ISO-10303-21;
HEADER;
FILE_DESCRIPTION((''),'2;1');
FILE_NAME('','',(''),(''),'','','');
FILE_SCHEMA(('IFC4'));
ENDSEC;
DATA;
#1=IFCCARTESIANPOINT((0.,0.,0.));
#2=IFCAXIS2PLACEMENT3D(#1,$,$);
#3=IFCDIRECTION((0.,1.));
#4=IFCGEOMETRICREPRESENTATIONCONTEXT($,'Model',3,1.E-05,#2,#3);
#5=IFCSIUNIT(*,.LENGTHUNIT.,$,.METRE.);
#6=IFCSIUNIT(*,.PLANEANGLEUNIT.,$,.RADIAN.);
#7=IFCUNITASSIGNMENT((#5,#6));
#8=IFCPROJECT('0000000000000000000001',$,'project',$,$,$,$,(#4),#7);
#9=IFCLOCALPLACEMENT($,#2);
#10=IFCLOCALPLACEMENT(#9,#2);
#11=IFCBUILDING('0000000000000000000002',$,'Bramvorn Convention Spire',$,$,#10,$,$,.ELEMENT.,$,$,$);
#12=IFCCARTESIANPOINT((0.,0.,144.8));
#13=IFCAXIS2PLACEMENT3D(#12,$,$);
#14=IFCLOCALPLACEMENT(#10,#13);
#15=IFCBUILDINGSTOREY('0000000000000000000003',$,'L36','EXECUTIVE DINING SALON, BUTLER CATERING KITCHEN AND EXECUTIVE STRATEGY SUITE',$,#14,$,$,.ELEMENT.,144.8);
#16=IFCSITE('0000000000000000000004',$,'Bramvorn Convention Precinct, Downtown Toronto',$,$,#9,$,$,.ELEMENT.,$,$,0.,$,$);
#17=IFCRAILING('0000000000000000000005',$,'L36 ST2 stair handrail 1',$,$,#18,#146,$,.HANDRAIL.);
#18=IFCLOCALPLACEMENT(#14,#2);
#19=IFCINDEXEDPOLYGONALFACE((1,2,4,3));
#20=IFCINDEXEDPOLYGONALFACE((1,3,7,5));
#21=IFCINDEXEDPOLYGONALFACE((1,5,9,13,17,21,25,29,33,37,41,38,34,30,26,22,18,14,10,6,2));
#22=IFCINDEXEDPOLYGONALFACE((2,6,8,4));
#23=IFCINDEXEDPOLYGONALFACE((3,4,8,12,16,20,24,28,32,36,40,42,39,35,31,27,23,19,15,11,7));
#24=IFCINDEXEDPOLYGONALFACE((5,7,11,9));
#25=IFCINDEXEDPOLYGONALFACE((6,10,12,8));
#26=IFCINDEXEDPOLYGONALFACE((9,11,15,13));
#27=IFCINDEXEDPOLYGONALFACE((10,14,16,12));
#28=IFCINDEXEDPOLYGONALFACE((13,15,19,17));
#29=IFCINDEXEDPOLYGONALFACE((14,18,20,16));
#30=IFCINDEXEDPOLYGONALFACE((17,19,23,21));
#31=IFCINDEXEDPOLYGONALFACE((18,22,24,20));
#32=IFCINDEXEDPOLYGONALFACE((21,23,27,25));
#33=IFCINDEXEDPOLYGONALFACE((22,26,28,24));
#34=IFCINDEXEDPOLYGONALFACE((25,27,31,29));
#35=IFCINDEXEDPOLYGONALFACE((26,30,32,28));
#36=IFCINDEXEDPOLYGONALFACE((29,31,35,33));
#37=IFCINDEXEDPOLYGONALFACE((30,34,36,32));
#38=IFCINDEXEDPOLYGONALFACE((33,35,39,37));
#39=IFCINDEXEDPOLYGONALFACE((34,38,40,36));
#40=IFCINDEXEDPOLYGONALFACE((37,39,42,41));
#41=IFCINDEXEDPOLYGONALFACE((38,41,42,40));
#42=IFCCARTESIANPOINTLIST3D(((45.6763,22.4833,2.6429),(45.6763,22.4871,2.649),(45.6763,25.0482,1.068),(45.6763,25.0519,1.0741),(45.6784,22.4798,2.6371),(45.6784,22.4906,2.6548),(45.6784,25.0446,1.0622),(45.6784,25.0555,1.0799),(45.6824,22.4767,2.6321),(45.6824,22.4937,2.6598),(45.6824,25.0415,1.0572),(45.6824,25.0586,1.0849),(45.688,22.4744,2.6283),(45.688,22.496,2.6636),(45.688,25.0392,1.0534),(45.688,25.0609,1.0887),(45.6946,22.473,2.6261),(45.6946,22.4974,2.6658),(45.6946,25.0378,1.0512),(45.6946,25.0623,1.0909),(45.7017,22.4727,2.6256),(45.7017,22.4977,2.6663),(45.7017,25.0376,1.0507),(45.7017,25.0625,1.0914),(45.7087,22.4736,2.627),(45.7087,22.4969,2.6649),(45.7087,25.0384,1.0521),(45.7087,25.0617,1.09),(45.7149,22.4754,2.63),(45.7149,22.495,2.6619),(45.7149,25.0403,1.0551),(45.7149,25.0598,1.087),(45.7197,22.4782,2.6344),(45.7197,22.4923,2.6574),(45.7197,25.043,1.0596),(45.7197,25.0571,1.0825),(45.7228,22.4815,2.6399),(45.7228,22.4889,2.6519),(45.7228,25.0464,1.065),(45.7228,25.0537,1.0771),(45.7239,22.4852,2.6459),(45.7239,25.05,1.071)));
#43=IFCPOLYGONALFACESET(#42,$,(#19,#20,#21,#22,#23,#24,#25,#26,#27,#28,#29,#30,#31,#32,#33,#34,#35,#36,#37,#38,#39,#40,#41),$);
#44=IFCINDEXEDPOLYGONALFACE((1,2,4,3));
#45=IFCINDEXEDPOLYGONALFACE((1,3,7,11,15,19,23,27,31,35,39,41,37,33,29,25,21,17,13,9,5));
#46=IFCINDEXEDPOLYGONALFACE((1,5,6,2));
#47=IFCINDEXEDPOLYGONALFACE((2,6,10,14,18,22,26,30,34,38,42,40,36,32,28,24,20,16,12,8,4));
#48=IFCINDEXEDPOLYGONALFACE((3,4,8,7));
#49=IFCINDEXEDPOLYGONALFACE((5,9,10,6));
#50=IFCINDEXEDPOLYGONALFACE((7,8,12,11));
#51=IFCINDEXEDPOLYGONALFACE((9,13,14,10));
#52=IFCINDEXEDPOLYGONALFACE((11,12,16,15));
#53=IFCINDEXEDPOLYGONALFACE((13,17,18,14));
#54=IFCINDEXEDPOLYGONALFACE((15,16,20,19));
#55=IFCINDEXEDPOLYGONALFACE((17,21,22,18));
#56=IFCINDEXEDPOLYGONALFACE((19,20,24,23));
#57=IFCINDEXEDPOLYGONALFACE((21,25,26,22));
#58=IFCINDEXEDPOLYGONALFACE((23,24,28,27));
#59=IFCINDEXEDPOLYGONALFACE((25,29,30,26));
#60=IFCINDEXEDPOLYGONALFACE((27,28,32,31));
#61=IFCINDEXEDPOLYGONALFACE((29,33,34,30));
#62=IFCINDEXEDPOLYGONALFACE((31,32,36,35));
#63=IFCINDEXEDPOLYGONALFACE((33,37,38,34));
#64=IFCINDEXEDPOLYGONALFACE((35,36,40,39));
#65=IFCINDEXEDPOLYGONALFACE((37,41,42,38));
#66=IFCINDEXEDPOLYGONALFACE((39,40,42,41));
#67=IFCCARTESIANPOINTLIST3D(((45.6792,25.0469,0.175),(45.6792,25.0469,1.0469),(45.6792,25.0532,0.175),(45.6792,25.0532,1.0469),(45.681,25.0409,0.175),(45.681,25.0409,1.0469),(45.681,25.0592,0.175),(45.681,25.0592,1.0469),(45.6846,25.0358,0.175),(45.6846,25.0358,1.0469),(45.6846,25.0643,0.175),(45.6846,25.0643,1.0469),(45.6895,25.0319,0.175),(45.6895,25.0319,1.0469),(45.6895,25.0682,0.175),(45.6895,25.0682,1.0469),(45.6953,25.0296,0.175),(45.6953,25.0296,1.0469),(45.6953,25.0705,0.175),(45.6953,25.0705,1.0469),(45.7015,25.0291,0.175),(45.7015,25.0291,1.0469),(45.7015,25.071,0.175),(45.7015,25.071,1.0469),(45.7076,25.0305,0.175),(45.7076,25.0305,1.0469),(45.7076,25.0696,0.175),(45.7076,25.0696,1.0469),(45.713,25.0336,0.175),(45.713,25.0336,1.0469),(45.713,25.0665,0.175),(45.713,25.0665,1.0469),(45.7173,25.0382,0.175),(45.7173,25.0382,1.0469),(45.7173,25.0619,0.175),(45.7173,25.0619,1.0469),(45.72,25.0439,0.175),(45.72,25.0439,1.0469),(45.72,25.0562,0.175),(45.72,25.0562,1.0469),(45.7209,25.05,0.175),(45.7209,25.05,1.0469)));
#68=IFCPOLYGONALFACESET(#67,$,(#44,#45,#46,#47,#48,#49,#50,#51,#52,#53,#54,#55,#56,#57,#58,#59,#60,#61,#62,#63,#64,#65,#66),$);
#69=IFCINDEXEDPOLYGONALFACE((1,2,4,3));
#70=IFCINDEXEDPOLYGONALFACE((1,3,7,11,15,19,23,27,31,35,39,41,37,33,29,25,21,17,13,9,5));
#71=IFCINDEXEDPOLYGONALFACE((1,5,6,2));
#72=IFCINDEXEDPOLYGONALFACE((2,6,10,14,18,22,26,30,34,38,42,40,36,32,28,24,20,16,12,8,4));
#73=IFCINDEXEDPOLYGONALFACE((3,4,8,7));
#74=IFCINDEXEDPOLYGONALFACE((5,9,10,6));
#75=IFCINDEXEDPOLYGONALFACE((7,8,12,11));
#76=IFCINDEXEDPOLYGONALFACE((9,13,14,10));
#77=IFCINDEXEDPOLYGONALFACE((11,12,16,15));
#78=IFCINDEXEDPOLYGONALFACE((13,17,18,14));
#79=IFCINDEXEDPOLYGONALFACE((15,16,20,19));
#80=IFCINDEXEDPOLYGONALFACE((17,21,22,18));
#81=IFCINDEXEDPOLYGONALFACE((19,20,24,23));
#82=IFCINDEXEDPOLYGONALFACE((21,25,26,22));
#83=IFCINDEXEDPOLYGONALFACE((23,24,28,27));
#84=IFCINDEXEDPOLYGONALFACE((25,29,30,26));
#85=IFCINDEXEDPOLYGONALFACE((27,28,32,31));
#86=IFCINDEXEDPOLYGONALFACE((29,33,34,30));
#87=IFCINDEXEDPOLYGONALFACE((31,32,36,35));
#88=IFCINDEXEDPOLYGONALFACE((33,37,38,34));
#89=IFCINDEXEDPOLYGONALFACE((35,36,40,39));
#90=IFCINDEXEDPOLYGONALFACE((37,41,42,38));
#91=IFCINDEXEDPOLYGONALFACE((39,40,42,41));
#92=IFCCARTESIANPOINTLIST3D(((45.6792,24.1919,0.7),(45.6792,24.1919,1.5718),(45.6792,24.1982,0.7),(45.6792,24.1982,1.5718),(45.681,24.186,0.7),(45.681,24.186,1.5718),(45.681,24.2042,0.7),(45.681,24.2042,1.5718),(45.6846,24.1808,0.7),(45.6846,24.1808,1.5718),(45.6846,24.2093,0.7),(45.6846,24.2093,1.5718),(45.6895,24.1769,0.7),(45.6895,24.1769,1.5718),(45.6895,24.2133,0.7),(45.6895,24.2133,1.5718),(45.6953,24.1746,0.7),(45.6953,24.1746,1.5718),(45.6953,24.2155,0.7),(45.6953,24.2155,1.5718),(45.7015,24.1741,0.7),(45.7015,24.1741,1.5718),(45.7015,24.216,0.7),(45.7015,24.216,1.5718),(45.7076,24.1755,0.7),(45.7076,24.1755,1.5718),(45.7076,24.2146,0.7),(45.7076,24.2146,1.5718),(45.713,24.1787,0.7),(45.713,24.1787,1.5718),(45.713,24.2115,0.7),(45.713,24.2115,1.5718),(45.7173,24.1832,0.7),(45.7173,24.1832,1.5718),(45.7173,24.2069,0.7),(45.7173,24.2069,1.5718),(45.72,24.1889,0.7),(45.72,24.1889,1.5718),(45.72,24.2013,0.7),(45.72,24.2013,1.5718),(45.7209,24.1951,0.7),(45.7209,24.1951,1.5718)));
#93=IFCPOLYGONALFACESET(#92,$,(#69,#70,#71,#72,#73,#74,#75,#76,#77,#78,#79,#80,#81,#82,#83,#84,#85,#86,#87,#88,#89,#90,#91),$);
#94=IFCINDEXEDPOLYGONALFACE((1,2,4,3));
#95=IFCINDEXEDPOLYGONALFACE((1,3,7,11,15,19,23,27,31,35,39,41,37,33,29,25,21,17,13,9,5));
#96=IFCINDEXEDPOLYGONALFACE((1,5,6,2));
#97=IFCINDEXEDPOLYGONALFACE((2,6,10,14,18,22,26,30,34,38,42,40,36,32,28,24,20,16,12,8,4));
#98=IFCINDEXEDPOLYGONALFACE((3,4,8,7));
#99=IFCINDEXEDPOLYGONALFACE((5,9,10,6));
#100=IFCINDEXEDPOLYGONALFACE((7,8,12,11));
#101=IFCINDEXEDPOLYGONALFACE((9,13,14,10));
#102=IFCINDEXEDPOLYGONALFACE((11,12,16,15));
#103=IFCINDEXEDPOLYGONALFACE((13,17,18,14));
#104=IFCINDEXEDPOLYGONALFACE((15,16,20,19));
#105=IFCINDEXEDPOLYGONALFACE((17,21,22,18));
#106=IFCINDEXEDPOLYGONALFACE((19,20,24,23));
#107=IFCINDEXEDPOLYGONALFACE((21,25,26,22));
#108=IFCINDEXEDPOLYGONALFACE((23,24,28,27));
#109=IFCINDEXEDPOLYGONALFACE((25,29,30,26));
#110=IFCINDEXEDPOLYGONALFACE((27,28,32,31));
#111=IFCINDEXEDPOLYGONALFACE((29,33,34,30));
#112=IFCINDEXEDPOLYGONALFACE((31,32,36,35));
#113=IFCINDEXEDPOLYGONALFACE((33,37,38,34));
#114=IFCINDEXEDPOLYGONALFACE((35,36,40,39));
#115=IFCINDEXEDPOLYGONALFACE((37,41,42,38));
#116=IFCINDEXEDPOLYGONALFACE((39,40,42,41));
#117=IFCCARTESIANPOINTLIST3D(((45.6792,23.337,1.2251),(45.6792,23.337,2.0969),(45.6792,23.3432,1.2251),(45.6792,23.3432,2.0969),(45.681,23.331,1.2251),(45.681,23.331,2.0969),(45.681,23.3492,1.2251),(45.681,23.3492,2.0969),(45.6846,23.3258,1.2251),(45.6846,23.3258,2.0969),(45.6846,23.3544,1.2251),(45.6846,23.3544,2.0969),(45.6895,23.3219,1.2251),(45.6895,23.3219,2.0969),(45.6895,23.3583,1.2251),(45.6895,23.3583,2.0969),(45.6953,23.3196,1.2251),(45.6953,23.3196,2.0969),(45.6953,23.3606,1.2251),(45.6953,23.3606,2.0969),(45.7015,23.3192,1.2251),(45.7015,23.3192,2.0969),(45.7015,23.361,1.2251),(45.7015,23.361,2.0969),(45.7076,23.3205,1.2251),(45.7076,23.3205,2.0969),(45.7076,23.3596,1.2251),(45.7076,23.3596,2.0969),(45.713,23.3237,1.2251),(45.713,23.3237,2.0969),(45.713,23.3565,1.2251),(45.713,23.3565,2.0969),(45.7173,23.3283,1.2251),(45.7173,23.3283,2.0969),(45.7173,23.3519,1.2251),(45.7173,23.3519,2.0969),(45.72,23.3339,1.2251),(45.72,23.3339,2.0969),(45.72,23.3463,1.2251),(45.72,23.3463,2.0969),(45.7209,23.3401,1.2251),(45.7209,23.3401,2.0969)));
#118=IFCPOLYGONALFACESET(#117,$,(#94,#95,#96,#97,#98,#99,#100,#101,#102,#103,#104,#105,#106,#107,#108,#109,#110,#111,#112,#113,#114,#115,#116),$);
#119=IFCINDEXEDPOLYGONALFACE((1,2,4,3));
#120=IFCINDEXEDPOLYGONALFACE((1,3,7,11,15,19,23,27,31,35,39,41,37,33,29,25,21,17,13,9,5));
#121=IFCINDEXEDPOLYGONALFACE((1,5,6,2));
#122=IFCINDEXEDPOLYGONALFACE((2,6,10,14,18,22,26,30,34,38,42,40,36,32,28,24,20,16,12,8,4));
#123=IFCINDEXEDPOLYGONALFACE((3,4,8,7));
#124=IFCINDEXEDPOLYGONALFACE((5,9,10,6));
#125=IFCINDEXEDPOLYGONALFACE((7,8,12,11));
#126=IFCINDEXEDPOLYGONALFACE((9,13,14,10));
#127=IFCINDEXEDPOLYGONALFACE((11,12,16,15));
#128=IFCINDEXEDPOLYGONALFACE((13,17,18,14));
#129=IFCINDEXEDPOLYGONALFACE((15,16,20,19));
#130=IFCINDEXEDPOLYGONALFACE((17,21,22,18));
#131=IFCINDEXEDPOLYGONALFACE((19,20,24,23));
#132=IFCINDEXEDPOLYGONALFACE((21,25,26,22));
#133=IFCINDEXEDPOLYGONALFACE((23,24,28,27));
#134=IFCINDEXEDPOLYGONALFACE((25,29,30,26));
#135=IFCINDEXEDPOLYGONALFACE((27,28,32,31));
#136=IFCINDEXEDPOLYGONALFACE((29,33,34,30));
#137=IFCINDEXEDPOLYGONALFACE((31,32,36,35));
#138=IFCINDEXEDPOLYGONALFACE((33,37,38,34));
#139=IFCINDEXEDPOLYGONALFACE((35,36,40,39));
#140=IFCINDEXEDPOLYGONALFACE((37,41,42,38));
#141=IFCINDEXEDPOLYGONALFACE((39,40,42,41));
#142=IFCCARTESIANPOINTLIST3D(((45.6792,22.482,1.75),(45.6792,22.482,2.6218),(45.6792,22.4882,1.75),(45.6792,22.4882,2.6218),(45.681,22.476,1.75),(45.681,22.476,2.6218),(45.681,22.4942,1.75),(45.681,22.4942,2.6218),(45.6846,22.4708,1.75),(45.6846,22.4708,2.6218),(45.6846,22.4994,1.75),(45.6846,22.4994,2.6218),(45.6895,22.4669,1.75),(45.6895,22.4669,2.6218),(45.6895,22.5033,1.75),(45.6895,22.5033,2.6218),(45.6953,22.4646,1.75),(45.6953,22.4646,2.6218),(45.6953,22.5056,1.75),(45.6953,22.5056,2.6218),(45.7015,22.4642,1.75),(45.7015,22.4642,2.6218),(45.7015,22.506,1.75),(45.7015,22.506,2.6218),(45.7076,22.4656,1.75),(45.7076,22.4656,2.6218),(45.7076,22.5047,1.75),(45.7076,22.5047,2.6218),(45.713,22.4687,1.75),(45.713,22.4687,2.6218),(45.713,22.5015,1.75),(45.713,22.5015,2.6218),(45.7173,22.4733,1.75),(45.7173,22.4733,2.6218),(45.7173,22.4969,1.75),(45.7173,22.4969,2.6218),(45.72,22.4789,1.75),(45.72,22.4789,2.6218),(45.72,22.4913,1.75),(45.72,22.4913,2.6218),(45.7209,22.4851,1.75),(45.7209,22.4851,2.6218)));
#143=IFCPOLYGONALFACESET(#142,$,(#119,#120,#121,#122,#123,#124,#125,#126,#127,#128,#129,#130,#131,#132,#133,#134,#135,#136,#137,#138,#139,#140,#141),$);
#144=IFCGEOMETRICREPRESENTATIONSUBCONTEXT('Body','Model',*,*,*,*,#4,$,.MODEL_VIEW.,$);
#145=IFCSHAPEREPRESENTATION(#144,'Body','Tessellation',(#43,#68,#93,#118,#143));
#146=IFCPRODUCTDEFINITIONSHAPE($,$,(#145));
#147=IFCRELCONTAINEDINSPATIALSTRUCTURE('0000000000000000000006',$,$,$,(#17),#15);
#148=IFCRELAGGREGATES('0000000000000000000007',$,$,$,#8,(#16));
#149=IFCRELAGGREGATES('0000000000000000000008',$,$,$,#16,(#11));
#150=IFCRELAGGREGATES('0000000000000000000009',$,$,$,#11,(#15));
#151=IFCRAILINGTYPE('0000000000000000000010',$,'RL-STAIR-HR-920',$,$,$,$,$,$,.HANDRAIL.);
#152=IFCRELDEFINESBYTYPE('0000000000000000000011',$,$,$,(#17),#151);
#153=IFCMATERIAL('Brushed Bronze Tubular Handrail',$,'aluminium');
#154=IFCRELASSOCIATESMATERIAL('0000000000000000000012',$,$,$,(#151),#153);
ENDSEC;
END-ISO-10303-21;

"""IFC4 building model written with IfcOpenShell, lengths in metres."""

from ifc_helpers import new_model, si_unit, direction, frame, origin, origin_2d, place, context, subcontext, project, spatial, circle, extrude, material, type_object, element, save


model = new_model("IFC4")

# Units and contexts
model_context = context("Model", 3, precision=1e-05, world=origin(), true_north=direction((0.0, 1.0)))
body_context = subcontext(model_context, "Body", "Model", "MODEL_VIEW")
ifc_project = project(units=[si_unit("LENGTHUNIT", "METRE"), si_unit("PLANEANGLEUNIT", "RADIAN")], contexts=[model_context])

# Site, building, storey
site_placement = place(None, origin())
site = spatial("IfcSite", under=ifc_project, at=site_placement, Name="Bramvorn Convention Precinct, Downtown Toronto", CompositionType="ELEMENT", RefElevation=0.0)
building_placement = place(site_placement, origin())
building = spatial("IfcBuilding", under=site, at=building_placement, Name="Bramvorn Convention Spire", CompositionType="ELEMENT")
storey_placement = place(building_placement, frame((0.0, 0.0, 144.8)))
storey = spatial("IfcBuildingStorey", under=building, at=storey_placement, Name="L36", Description="EXECUTIVE DINING SALON, BUTLER CATERING KITCHEN AND EXECUTIVE STRATEGY SUITE", CompositionType="ELEMENT", Elevation=144.8)

# Railing
ifc_material_1 = material(Name="Brushed Bronze Tubular Handrail", Category="aluminium")
railing_type_1 = type_object("IfcRailingType", Name="RL-STAIR-HR-920", PredefinedType="HANDRAIL", material=ifc_material_1)
railing_1_placement = place(storey_placement, frame((45.7, 25.05, 0.175)))
element("IfcRailing", 1, at=railing_1_placement, inside=storey, type_object=railing_type_1, Name="L36 ST2 stair handrail 1", PredefinedType="HANDRAIL", context=body_context, shape_type="SweptSolid", body=[
    extrude(circle(Radius=0.0239, at=origin_2d()), frame((0.0, 0.0, 0.896), z_axis=(0.0, -0.852173, 0.52326), x_axis=(1.0, 0.0, 0.0)), (0.0, 0.0, 1.0), 3.0098),
    extrude(circle(Radius=0.021, at=origin_2d()), origin(), (0.0, 0.0, 1.0), 0.8718),
    extrude(circle(Radius=0.021, at=origin_2d()), frame((0.0, -0.855, 0.5249)), (0.0, 0.0, 1.0), 0.8718),
    extrude(circle(Radius=0.021, at=origin_2d()), frame((0.0, -1.71, 1.05)), (0.0, 0.0, 1.0), 0.8718),
    extrude(circle(Radius=0.021, at=origin_2d()), frame((0.0, -2.5649, 1.575)), (0.0, 0.0, 1.0), 0.8718),
])

save(model, "model.ifc")
